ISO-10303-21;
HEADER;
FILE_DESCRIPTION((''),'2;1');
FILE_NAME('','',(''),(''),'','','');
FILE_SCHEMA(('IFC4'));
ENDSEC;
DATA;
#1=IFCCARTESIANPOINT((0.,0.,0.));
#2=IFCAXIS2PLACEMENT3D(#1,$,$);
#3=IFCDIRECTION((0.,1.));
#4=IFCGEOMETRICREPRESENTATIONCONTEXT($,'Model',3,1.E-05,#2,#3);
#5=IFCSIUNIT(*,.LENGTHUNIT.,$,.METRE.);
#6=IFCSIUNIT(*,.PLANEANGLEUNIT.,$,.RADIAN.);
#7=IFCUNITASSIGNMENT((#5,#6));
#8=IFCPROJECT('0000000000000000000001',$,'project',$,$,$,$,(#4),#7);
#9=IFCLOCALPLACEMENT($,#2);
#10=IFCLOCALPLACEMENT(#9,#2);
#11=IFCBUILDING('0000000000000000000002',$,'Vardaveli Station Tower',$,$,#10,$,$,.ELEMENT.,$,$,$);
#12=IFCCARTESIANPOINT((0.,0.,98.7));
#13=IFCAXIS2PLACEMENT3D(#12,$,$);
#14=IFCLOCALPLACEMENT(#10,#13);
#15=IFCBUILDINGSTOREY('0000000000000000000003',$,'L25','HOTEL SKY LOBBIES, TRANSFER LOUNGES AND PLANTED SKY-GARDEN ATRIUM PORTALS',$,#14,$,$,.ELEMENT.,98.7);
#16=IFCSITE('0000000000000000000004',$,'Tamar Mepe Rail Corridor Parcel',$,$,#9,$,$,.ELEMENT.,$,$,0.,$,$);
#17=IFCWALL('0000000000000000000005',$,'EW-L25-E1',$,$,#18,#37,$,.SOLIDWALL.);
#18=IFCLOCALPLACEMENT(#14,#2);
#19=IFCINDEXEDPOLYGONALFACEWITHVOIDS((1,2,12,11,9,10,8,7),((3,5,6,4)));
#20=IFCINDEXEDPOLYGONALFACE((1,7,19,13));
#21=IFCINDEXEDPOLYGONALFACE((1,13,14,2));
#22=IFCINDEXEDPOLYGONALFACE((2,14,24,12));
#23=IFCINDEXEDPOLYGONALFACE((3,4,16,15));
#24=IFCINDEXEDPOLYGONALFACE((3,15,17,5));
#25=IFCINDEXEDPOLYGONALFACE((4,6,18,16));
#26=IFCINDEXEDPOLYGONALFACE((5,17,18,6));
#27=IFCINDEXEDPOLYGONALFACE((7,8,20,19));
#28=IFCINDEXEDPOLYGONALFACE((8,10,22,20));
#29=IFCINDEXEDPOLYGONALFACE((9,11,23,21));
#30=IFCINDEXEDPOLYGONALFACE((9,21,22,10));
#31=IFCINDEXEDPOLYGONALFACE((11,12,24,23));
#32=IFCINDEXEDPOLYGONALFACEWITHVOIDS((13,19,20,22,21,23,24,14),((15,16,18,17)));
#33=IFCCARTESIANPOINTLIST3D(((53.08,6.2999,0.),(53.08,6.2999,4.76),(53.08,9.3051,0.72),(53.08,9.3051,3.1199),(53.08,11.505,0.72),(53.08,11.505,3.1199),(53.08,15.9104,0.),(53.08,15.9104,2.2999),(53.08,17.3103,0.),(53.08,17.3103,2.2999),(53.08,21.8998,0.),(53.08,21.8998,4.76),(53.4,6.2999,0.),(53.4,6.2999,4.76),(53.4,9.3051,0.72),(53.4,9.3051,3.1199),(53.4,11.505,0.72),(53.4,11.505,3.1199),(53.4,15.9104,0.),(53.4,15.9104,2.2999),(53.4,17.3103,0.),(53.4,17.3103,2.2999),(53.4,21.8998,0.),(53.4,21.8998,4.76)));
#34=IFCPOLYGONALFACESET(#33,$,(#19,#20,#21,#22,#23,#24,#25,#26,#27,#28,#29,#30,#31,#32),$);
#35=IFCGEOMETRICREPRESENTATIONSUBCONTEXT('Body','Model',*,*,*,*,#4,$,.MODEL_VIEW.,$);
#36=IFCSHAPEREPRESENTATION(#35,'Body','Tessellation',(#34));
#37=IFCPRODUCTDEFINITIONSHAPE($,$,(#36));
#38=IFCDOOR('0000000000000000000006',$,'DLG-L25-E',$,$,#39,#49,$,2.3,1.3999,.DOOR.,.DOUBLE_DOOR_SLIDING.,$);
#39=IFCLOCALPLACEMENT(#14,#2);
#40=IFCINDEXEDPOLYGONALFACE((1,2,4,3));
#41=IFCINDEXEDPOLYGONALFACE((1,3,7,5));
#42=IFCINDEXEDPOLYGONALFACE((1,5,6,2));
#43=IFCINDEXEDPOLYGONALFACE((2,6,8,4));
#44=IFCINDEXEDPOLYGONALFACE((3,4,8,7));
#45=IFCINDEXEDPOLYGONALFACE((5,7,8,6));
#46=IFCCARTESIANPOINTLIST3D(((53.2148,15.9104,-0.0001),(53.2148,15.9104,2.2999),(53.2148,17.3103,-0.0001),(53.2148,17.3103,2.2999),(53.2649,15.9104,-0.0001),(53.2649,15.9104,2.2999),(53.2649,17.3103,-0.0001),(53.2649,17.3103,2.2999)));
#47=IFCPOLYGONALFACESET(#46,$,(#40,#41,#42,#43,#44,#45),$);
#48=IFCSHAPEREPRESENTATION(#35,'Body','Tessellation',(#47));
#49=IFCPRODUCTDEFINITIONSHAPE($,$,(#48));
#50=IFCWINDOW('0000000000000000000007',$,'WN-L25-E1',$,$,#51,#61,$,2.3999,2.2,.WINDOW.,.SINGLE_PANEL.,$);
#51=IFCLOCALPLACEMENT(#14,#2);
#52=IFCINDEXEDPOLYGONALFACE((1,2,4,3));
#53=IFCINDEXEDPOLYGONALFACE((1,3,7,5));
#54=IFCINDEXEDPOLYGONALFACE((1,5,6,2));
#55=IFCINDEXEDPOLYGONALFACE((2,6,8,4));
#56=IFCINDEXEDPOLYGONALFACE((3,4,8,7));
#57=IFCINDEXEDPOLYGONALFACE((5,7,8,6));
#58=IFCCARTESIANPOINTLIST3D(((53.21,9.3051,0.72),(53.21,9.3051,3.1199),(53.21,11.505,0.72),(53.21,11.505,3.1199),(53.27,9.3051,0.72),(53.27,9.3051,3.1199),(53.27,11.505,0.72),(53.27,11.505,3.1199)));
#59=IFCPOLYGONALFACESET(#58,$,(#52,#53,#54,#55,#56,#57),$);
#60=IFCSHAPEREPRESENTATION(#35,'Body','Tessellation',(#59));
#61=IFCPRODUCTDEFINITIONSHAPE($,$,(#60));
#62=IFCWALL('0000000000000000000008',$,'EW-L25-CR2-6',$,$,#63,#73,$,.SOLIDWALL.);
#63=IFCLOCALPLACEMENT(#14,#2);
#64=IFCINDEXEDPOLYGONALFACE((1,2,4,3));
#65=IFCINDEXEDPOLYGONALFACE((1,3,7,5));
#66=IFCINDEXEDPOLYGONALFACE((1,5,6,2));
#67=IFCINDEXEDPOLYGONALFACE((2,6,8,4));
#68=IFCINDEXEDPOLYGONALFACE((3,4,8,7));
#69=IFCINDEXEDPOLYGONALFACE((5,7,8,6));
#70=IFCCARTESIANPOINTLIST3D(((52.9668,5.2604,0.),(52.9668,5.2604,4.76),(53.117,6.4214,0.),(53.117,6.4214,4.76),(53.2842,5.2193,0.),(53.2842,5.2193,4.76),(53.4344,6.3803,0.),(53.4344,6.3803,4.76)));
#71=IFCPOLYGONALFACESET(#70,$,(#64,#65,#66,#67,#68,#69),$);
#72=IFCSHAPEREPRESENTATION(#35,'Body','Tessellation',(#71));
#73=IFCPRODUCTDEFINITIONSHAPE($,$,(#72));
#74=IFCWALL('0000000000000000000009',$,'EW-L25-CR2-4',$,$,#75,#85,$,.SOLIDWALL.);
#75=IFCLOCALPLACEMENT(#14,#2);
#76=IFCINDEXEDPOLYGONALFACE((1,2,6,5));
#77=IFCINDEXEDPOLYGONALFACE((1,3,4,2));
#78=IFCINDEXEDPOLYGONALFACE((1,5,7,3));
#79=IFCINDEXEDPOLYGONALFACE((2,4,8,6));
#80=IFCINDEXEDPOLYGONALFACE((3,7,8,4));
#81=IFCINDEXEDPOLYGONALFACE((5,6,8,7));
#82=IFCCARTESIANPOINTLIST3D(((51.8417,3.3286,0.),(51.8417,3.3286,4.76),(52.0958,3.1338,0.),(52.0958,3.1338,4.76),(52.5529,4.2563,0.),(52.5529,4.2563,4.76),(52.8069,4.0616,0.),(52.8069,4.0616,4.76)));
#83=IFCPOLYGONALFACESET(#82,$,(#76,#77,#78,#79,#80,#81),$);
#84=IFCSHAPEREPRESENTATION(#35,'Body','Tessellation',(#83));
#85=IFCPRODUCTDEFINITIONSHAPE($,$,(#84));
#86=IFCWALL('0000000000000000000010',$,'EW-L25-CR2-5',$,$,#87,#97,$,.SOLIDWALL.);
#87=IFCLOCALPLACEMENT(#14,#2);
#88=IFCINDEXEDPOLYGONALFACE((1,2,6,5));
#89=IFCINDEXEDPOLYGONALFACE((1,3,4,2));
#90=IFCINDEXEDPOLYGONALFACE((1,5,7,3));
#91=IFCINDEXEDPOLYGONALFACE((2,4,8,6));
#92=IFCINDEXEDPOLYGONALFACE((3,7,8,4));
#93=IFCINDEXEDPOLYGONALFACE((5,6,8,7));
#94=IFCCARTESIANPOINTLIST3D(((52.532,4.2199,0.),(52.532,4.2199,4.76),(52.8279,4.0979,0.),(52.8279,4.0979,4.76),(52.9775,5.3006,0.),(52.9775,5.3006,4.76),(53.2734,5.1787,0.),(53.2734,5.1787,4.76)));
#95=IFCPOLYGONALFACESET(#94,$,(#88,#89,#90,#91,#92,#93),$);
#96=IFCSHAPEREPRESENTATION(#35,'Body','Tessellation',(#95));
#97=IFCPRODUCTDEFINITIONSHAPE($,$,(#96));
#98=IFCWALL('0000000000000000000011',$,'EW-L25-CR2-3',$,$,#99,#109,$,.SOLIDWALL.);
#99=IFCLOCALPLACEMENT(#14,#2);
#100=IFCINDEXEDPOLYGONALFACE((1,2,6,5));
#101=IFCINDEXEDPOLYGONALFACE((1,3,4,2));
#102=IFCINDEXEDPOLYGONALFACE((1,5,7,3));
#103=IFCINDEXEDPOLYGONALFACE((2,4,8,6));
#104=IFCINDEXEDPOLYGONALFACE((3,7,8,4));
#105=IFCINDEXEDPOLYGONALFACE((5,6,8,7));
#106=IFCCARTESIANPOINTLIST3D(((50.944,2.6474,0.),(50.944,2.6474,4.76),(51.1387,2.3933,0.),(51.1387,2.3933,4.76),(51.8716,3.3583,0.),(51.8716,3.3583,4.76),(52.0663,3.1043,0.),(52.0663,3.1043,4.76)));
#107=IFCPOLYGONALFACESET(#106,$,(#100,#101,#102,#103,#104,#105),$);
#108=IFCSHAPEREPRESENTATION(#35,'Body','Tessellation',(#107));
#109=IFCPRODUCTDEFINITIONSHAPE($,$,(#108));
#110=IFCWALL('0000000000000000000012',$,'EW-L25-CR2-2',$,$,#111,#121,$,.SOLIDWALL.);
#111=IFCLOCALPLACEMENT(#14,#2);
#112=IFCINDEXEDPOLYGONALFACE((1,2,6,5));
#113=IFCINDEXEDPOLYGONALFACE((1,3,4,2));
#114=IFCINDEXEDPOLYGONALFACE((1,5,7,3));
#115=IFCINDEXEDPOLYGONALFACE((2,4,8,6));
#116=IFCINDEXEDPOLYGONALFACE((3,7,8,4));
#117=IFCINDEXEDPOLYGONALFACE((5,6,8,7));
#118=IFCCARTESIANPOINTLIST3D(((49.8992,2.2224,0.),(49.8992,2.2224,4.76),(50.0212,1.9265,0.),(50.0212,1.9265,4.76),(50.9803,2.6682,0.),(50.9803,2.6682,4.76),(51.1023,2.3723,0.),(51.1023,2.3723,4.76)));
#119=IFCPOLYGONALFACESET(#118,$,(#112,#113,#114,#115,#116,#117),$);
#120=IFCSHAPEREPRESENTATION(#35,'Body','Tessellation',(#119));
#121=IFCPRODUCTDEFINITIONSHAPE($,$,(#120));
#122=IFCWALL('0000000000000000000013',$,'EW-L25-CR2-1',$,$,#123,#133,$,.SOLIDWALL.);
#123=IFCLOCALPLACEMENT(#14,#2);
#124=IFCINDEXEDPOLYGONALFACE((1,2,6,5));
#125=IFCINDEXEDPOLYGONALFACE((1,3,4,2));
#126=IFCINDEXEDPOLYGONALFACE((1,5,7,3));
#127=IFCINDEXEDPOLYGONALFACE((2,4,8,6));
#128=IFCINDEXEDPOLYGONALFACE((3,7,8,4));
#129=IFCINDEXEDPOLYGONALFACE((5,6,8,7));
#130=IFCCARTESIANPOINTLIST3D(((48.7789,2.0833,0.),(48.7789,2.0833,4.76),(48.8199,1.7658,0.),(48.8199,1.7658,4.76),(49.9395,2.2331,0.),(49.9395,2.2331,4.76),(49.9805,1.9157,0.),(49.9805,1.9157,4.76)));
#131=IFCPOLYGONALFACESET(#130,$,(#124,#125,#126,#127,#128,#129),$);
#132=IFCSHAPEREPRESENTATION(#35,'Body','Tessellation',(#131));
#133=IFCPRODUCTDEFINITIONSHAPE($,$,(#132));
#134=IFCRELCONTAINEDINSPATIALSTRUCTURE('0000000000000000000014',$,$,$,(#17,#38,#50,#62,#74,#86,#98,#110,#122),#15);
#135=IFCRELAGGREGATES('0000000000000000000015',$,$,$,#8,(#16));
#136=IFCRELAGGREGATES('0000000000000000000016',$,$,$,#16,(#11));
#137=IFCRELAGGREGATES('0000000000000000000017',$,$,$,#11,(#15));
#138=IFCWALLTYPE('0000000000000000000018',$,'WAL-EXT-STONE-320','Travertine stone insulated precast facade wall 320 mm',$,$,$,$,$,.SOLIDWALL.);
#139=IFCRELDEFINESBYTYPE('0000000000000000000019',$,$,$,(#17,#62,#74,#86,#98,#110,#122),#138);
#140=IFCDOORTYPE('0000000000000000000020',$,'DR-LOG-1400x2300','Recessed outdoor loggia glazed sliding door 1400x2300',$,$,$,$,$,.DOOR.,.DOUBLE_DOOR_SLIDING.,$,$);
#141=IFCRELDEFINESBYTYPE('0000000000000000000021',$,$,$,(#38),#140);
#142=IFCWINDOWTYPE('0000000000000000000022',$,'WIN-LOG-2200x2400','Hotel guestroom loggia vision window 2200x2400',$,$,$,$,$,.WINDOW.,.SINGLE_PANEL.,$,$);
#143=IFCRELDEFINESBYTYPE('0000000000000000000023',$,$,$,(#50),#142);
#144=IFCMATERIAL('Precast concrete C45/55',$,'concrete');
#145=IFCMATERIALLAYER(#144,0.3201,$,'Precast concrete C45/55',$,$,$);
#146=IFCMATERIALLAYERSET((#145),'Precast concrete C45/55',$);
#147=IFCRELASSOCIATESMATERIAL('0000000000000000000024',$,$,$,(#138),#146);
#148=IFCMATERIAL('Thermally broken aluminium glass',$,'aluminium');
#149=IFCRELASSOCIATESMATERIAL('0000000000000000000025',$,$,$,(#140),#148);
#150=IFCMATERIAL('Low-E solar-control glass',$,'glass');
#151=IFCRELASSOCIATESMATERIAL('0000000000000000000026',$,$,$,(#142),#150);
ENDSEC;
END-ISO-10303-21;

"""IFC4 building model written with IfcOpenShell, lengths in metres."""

from ifc_helpers import new_model, si_unit, direction, frame, frame_2d, origin, place, context, subcontext, project, spatial, rectangle, extrude, source, transform, mapped, material, layer, layer_set, type_object, element, fill, save


model = new_model("IFC4")

# Units and contexts
model_context = context("Model", 3, precision=1e-05, world=origin(), true_north=direction((0.0, 1.0)))
body_context = subcontext(model_context, "Body", "Model", "MODEL_VIEW")
ifc_project = project(units=[si_unit("LENGTHUNIT", "METRE"), si_unit("PLANEANGLEUNIT", "RADIAN")], contexts=[model_context])

# Site, building, storey
site_placement = place(None, origin())
site = spatial("IfcSite", under=ifc_project, at=site_placement, Name="Tamar Mepe Rail Corridor Parcel", CompositionType="ELEMENT", RefElevation=0.0)
building_placement = place(site_placement, origin())
building = spatial("IfcBuilding", under=site, at=building_placement, Name="Vardaveli Station Tower", CompositionType="ELEMENT")
storey_placement = place(building_placement, frame((0.0, 0.0, 98.7)))
storey = spatial("IfcBuildingStorey", under=building, at=storey_placement, Name="L25", Description="HOTEL SKY LOBBIES, TRANSFER LOUNGES AND PLANTED SKY-GARDEN ATRIUM PORTALS", CompositionType="ELEMENT", Elevation=98.7)

# Wall, openings, door, window
ifc_material_1 = material(Name="Precast concrete C45/55", Category="concrete")
ifc_layer_1 = layer(ifc_material_1, 0.3201, Name="Precast concrete C45/55")
ifc_layer_set_1 = layer_set([ifc_layer_1], Name="Precast concrete C45/55")
wall_type_1 = type_object("IfcWallType", Name="WAL-EXT-STONE-320", Description="Travertine stone insulated precast facade wall 320 mm", PredefinedType="SOLIDWALL", material=ifc_layer_set_1)
shared_shape_1 = source(origin(), body_context, "Body", "SweptSolid", [
    extrude(rectangle(XDim=15.5999, YDim=0.3201, at=frame_2d((7.7998, 0.0))), origin(), (0.0, 0.0, 1.0), 4.76),
])
wall_1_placement = place(storey_placement, frame((53.24, 6.3, 0.0), z_axis=(0.0, 0.0, 1.0), x_axis=(0.0, 1.0, 0.0)))
wall_1 = element("IfcWall", 1, at=wall_1_placement, inside=storey, type_object=wall_type_1, Name="EW-L25-E1", PredefinedType="SOLIDWALL", context=body_context, shape_type="MappedRepresentation", body=[
    mapped(shared_shape_1, transform((0.0, 0.0, 0.0), scale=1.0)),
])
shared_shape_2 = source(origin(), body_context, "Body", "SweptSolid", [
    extrude(rectangle(XDim=1.3999, YDim=2.3, at=frame_2d((0.7, 1.1499))), frame((0.0, 0.1699, 0.0), z_axis=(0.0, -1.0, 0.0), x_axis=(1.0, 0.0, 0.0)), (0.0, 0.0, 1.0), 0.3401),
])
opening_1_placement = place(wall_1_placement, frame((9.6104, 0.0, 0.0)))
opening_1 = element("IfcOpeningElement", 2, at=opening_1_placement, cuts=wall_1, PredefinedType="OPENING", context=body_context, shape_type="MappedRepresentation", body=[
    mapped(shared_shape_2, transform((0.0, 0.0, 0.0), scale=1.0)),
])
shared_shape_3 = source(origin(), body_context, "Body", "SweptSolid", [
    extrude(rectangle(XDim=2.2, YDim=2.3999, at=frame_2d((1.1001, 1.2))), frame((0.0, 0.1699, 0.0), z_axis=(0.0, -1.0, 0.0), x_axis=(1.0, 0.0, 0.0)), (0.0, 0.0, 1.0), 0.3401),
])
opening_2_placement = place(wall_1_placement, frame((3.0049, 0.0, 0.72)))
opening_2 = element("IfcOpeningElement", 3, at=opening_2_placement, cuts=wall_1, PredefinedType="OPENING", context=body_context, shape_type="MappedRepresentation", body=[
    mapped(shared_shape_3, transform((0.0, 0.0, 0.0), scale=1.0)),
])
ifc_material_2 = material(Name="Thermally broken aluminium glass", Category="aluminium")
door_type_1 = type_object("IfcDoorType", Name="DR-LOG-1400x2300", Description="Recessed outdoor loggia glazed sliding door 1400x2300", OperationType="DOUBLE_DOOR_SLIDING", PredefinedType="DOOR", material=ifc_material_2)
shared_shape_4 = source(origin(), body_context, "Body", "SweptSolid", [
    extrude(rectangle(XDim=1.3999, YDim=2.3, at=frame_2d((0.7, 1.1499))), frame((0.0, 0.0249, 0.0), z_axis=(0.0, -1.0, 0.0), x_axis=(1.0, 0.0, 0.0)), (0.0, 0.0, 1.0), 0.05),
])
door_1_placement = place(opening_1_placement, frame((1.3999, 0.0, 0.0), z_axis=(0.0, 0.0, 1.0), x_axis=(-1.0, 0.0, 0.0)))
door_1 = element("IfcDoor", 4, at=door_1_placement, inside=storey, type_object=door_type_1, Name="DLG-L25-E", OperationType="DOUBLE_DOOR_SLIDING", OverallHeight=2.3, OverallWidth=1.3999, PredefinedType="DOOR", context=body_context, shape_type="MappedRepresentation", body=[
    mapped(shared_shape_4, transform((0.0, 0.0, 0.0), scale=1.0)),
])
fill(opening_1, door_1)
ifc_material_3 = material(Name="Low-E solar-control glass", Category="glass")
window_type = type_object("IfcWindowType", Name="WIN-LOG-2200x2400", Description="Hotel guestroom loggia vision window 2200x2400", PartitioningType="SINGLE_PANEL", PredefinedType="WINDOW", material=ifc_material_3)
shared_shape_5 = source(origin(), body_context, "Body", "SweptSolid", [
    extrude(rectangle(XDim=2.2, YDim=2.3999, at=frame_2d((1.1001, 1.2))), frame((0.0, 0.03, 0.0), z_axis=(0.0, -1.0, 0.0), x_axis=(1.0, 0.0, 0.0)), (0.0, 0.0, 1.0), 0.0601),
])
window_placement = place(opening_2_placement, origin())
window = element("IfcWindow", 5, at=window_placement, inside=storey, type_object=window_type, Name="WN-L25-E1", OverallHeight=2.3999, OverallWidth=2.2, PartitioningType="SINGLE_PANEL", PredefinedType="WINDOW", context=body_context, shape_type="MappedRepresentation", body=[
    mapped(shared_shape_5, transform((0.0, 0.0, 0.0), scale=1.0)),
])
fill(opening_2, window)

# Walls
shared_shape_6 = source(origin(), body_context, "Body", "SweptSolid", [
    extrude(rectangle(XDim=1.1707, YDim=0.3201, at=frame_2d((0.5854, 0.0))), origin(), (0.0, 0.0, 1.0), 4.76),
])
wall_2_placement = place(storey_placement, frame((53.1255, 5.2397, 0.0), z_axis=(0.0, 0.0, 1.0), x_axis=(0.128269, 0.991739, 0.0)))
element("IfcWall", 6, at=wall_2_placement, inside=storey, type_object=wall_type_1, Name="EW-L25-CR2-6", PredefinedType="SOLIDWALL", context=body_context, shape_type="MappedRepresentation", body=[
    mapped(shared_shape_6, transform((0.0, 0.0, 0.0), scale=1.0)),
])
shared_shape_7 = source(origin(), body_context, "Body", "SweptSolid", [
    extrude(rectangle(XDim=1.1689, YDim=0.3201, at=frame_2d((0.5845, 0.0))), origin(), (0.0, 0.0, 1.0), 4.76),
])
for number, where, z_axis, x_axis, name in (
    (7, (51.9688, 3.2312, 0.0), (0.0, 0.0, 1.0), (0.608388, 0.79364, 0.0), "EW-L25-CR2-4"),
    (8, (52.6799, 4.1589, 0.0), (0.0, 0.0, 1.0), (0.381128, 0.924522, 0.0), "EW-L25-CR2-5"),
):
    element("IfcWall", number, at=place(storey_placement, frame(where, z_axis=z_axis, x_axis=x_axis)), inside=storey, type_object=wall_type_1, Name=name, PredefinedType="SOLIDWALL", context=body_context, shape_type="MappedRepresentation", body=[
        mapped(shared_shape_7, transform((0.0, 0.0, 0.0), scale=1.0)),
    ])
shared_shape_8 = source(origin(), body_context, "Body", "SweptSolid", [
    extrude(rectangle(XDim=1.1687, YDim=0.3201, at=frame_2d((0.5845, 0.0))), origin(), (0.0, 0.0, 1.0), 4.76),
])
wall_3_placement = place(storey_placement, frame((51.0413, 2.5203, 0.0), z_axis=(0.0, 0.0, 1.0), x_axis=(0.793664, 0.608357, 0.0)))
element("IfcWall", 9, at=wall_3_placement, inside=storey, type_object=wall_type_1, Name="EW-L25-CR2-3", PredefinedType="SOLIDWALL", context=body_context, shape_type="MappedRepresentation", body=[
    mapped(shared_shape_8, transform((0.0, 0.0, 0.0), scale=1.0)),
])
shared_shape_9 = source(origin(), body_context, "Body", "SweptSolid", [
    extrude(rectangle(XDim=1.1694, YDim=0.3201, at=frame_2d((0.5847, 0.0))), origin(), (0.0, 0.0, 1.0), 4.76),
])
wall_4_placement = place(storey_placement, frame((49.9602, 2.0745, 0.0), z_axis=(0.0, 0.0, 1.0), x_axis=(0.924479, 0.381233, 0.0)))
element("IfcWall", 10, at=wall_4_placement, inside=storey, type_object=wall_type_1, Name="EW-L25-CR2-2", PredefinedType="SOLIDWALL", context=body_context, shape_type="MappedRepresentation", body=[
    mapped(shared_shape_9, transform((0.0, 0.0, 0.0), scale=1.0)),
])
shared_shape_10 = source(origin(), body_context, "Body", "SweptSolid", [
    extrude(rectangle(XDim=1.1702, YDim=0.3201, at=frame_2d((0.585, 0.0))), origin(), (0.0, 0.0, 1.0), 4.76),
])
wall_5_placement = place(storey_placement, frame((48.7996, 1.9246, 0.0), z_axis=(0.0, 0.0, 1.0), x_axis=(0.991762, 0.12809, 0.0)))
element("IfcWall", 11, at=wall_5_placement, inside=storey, type_object=wall_type_1, Name="EW-L25-CR2-1", PredefinedType="SOLIDWALL", context=body_context, shape_type="MappedRepresentation", body=[
    mapped(shared_shape_10, transform((0.0, 0.0, 0.0), scale=1.0)),
])

save(model, "model.ifc")
